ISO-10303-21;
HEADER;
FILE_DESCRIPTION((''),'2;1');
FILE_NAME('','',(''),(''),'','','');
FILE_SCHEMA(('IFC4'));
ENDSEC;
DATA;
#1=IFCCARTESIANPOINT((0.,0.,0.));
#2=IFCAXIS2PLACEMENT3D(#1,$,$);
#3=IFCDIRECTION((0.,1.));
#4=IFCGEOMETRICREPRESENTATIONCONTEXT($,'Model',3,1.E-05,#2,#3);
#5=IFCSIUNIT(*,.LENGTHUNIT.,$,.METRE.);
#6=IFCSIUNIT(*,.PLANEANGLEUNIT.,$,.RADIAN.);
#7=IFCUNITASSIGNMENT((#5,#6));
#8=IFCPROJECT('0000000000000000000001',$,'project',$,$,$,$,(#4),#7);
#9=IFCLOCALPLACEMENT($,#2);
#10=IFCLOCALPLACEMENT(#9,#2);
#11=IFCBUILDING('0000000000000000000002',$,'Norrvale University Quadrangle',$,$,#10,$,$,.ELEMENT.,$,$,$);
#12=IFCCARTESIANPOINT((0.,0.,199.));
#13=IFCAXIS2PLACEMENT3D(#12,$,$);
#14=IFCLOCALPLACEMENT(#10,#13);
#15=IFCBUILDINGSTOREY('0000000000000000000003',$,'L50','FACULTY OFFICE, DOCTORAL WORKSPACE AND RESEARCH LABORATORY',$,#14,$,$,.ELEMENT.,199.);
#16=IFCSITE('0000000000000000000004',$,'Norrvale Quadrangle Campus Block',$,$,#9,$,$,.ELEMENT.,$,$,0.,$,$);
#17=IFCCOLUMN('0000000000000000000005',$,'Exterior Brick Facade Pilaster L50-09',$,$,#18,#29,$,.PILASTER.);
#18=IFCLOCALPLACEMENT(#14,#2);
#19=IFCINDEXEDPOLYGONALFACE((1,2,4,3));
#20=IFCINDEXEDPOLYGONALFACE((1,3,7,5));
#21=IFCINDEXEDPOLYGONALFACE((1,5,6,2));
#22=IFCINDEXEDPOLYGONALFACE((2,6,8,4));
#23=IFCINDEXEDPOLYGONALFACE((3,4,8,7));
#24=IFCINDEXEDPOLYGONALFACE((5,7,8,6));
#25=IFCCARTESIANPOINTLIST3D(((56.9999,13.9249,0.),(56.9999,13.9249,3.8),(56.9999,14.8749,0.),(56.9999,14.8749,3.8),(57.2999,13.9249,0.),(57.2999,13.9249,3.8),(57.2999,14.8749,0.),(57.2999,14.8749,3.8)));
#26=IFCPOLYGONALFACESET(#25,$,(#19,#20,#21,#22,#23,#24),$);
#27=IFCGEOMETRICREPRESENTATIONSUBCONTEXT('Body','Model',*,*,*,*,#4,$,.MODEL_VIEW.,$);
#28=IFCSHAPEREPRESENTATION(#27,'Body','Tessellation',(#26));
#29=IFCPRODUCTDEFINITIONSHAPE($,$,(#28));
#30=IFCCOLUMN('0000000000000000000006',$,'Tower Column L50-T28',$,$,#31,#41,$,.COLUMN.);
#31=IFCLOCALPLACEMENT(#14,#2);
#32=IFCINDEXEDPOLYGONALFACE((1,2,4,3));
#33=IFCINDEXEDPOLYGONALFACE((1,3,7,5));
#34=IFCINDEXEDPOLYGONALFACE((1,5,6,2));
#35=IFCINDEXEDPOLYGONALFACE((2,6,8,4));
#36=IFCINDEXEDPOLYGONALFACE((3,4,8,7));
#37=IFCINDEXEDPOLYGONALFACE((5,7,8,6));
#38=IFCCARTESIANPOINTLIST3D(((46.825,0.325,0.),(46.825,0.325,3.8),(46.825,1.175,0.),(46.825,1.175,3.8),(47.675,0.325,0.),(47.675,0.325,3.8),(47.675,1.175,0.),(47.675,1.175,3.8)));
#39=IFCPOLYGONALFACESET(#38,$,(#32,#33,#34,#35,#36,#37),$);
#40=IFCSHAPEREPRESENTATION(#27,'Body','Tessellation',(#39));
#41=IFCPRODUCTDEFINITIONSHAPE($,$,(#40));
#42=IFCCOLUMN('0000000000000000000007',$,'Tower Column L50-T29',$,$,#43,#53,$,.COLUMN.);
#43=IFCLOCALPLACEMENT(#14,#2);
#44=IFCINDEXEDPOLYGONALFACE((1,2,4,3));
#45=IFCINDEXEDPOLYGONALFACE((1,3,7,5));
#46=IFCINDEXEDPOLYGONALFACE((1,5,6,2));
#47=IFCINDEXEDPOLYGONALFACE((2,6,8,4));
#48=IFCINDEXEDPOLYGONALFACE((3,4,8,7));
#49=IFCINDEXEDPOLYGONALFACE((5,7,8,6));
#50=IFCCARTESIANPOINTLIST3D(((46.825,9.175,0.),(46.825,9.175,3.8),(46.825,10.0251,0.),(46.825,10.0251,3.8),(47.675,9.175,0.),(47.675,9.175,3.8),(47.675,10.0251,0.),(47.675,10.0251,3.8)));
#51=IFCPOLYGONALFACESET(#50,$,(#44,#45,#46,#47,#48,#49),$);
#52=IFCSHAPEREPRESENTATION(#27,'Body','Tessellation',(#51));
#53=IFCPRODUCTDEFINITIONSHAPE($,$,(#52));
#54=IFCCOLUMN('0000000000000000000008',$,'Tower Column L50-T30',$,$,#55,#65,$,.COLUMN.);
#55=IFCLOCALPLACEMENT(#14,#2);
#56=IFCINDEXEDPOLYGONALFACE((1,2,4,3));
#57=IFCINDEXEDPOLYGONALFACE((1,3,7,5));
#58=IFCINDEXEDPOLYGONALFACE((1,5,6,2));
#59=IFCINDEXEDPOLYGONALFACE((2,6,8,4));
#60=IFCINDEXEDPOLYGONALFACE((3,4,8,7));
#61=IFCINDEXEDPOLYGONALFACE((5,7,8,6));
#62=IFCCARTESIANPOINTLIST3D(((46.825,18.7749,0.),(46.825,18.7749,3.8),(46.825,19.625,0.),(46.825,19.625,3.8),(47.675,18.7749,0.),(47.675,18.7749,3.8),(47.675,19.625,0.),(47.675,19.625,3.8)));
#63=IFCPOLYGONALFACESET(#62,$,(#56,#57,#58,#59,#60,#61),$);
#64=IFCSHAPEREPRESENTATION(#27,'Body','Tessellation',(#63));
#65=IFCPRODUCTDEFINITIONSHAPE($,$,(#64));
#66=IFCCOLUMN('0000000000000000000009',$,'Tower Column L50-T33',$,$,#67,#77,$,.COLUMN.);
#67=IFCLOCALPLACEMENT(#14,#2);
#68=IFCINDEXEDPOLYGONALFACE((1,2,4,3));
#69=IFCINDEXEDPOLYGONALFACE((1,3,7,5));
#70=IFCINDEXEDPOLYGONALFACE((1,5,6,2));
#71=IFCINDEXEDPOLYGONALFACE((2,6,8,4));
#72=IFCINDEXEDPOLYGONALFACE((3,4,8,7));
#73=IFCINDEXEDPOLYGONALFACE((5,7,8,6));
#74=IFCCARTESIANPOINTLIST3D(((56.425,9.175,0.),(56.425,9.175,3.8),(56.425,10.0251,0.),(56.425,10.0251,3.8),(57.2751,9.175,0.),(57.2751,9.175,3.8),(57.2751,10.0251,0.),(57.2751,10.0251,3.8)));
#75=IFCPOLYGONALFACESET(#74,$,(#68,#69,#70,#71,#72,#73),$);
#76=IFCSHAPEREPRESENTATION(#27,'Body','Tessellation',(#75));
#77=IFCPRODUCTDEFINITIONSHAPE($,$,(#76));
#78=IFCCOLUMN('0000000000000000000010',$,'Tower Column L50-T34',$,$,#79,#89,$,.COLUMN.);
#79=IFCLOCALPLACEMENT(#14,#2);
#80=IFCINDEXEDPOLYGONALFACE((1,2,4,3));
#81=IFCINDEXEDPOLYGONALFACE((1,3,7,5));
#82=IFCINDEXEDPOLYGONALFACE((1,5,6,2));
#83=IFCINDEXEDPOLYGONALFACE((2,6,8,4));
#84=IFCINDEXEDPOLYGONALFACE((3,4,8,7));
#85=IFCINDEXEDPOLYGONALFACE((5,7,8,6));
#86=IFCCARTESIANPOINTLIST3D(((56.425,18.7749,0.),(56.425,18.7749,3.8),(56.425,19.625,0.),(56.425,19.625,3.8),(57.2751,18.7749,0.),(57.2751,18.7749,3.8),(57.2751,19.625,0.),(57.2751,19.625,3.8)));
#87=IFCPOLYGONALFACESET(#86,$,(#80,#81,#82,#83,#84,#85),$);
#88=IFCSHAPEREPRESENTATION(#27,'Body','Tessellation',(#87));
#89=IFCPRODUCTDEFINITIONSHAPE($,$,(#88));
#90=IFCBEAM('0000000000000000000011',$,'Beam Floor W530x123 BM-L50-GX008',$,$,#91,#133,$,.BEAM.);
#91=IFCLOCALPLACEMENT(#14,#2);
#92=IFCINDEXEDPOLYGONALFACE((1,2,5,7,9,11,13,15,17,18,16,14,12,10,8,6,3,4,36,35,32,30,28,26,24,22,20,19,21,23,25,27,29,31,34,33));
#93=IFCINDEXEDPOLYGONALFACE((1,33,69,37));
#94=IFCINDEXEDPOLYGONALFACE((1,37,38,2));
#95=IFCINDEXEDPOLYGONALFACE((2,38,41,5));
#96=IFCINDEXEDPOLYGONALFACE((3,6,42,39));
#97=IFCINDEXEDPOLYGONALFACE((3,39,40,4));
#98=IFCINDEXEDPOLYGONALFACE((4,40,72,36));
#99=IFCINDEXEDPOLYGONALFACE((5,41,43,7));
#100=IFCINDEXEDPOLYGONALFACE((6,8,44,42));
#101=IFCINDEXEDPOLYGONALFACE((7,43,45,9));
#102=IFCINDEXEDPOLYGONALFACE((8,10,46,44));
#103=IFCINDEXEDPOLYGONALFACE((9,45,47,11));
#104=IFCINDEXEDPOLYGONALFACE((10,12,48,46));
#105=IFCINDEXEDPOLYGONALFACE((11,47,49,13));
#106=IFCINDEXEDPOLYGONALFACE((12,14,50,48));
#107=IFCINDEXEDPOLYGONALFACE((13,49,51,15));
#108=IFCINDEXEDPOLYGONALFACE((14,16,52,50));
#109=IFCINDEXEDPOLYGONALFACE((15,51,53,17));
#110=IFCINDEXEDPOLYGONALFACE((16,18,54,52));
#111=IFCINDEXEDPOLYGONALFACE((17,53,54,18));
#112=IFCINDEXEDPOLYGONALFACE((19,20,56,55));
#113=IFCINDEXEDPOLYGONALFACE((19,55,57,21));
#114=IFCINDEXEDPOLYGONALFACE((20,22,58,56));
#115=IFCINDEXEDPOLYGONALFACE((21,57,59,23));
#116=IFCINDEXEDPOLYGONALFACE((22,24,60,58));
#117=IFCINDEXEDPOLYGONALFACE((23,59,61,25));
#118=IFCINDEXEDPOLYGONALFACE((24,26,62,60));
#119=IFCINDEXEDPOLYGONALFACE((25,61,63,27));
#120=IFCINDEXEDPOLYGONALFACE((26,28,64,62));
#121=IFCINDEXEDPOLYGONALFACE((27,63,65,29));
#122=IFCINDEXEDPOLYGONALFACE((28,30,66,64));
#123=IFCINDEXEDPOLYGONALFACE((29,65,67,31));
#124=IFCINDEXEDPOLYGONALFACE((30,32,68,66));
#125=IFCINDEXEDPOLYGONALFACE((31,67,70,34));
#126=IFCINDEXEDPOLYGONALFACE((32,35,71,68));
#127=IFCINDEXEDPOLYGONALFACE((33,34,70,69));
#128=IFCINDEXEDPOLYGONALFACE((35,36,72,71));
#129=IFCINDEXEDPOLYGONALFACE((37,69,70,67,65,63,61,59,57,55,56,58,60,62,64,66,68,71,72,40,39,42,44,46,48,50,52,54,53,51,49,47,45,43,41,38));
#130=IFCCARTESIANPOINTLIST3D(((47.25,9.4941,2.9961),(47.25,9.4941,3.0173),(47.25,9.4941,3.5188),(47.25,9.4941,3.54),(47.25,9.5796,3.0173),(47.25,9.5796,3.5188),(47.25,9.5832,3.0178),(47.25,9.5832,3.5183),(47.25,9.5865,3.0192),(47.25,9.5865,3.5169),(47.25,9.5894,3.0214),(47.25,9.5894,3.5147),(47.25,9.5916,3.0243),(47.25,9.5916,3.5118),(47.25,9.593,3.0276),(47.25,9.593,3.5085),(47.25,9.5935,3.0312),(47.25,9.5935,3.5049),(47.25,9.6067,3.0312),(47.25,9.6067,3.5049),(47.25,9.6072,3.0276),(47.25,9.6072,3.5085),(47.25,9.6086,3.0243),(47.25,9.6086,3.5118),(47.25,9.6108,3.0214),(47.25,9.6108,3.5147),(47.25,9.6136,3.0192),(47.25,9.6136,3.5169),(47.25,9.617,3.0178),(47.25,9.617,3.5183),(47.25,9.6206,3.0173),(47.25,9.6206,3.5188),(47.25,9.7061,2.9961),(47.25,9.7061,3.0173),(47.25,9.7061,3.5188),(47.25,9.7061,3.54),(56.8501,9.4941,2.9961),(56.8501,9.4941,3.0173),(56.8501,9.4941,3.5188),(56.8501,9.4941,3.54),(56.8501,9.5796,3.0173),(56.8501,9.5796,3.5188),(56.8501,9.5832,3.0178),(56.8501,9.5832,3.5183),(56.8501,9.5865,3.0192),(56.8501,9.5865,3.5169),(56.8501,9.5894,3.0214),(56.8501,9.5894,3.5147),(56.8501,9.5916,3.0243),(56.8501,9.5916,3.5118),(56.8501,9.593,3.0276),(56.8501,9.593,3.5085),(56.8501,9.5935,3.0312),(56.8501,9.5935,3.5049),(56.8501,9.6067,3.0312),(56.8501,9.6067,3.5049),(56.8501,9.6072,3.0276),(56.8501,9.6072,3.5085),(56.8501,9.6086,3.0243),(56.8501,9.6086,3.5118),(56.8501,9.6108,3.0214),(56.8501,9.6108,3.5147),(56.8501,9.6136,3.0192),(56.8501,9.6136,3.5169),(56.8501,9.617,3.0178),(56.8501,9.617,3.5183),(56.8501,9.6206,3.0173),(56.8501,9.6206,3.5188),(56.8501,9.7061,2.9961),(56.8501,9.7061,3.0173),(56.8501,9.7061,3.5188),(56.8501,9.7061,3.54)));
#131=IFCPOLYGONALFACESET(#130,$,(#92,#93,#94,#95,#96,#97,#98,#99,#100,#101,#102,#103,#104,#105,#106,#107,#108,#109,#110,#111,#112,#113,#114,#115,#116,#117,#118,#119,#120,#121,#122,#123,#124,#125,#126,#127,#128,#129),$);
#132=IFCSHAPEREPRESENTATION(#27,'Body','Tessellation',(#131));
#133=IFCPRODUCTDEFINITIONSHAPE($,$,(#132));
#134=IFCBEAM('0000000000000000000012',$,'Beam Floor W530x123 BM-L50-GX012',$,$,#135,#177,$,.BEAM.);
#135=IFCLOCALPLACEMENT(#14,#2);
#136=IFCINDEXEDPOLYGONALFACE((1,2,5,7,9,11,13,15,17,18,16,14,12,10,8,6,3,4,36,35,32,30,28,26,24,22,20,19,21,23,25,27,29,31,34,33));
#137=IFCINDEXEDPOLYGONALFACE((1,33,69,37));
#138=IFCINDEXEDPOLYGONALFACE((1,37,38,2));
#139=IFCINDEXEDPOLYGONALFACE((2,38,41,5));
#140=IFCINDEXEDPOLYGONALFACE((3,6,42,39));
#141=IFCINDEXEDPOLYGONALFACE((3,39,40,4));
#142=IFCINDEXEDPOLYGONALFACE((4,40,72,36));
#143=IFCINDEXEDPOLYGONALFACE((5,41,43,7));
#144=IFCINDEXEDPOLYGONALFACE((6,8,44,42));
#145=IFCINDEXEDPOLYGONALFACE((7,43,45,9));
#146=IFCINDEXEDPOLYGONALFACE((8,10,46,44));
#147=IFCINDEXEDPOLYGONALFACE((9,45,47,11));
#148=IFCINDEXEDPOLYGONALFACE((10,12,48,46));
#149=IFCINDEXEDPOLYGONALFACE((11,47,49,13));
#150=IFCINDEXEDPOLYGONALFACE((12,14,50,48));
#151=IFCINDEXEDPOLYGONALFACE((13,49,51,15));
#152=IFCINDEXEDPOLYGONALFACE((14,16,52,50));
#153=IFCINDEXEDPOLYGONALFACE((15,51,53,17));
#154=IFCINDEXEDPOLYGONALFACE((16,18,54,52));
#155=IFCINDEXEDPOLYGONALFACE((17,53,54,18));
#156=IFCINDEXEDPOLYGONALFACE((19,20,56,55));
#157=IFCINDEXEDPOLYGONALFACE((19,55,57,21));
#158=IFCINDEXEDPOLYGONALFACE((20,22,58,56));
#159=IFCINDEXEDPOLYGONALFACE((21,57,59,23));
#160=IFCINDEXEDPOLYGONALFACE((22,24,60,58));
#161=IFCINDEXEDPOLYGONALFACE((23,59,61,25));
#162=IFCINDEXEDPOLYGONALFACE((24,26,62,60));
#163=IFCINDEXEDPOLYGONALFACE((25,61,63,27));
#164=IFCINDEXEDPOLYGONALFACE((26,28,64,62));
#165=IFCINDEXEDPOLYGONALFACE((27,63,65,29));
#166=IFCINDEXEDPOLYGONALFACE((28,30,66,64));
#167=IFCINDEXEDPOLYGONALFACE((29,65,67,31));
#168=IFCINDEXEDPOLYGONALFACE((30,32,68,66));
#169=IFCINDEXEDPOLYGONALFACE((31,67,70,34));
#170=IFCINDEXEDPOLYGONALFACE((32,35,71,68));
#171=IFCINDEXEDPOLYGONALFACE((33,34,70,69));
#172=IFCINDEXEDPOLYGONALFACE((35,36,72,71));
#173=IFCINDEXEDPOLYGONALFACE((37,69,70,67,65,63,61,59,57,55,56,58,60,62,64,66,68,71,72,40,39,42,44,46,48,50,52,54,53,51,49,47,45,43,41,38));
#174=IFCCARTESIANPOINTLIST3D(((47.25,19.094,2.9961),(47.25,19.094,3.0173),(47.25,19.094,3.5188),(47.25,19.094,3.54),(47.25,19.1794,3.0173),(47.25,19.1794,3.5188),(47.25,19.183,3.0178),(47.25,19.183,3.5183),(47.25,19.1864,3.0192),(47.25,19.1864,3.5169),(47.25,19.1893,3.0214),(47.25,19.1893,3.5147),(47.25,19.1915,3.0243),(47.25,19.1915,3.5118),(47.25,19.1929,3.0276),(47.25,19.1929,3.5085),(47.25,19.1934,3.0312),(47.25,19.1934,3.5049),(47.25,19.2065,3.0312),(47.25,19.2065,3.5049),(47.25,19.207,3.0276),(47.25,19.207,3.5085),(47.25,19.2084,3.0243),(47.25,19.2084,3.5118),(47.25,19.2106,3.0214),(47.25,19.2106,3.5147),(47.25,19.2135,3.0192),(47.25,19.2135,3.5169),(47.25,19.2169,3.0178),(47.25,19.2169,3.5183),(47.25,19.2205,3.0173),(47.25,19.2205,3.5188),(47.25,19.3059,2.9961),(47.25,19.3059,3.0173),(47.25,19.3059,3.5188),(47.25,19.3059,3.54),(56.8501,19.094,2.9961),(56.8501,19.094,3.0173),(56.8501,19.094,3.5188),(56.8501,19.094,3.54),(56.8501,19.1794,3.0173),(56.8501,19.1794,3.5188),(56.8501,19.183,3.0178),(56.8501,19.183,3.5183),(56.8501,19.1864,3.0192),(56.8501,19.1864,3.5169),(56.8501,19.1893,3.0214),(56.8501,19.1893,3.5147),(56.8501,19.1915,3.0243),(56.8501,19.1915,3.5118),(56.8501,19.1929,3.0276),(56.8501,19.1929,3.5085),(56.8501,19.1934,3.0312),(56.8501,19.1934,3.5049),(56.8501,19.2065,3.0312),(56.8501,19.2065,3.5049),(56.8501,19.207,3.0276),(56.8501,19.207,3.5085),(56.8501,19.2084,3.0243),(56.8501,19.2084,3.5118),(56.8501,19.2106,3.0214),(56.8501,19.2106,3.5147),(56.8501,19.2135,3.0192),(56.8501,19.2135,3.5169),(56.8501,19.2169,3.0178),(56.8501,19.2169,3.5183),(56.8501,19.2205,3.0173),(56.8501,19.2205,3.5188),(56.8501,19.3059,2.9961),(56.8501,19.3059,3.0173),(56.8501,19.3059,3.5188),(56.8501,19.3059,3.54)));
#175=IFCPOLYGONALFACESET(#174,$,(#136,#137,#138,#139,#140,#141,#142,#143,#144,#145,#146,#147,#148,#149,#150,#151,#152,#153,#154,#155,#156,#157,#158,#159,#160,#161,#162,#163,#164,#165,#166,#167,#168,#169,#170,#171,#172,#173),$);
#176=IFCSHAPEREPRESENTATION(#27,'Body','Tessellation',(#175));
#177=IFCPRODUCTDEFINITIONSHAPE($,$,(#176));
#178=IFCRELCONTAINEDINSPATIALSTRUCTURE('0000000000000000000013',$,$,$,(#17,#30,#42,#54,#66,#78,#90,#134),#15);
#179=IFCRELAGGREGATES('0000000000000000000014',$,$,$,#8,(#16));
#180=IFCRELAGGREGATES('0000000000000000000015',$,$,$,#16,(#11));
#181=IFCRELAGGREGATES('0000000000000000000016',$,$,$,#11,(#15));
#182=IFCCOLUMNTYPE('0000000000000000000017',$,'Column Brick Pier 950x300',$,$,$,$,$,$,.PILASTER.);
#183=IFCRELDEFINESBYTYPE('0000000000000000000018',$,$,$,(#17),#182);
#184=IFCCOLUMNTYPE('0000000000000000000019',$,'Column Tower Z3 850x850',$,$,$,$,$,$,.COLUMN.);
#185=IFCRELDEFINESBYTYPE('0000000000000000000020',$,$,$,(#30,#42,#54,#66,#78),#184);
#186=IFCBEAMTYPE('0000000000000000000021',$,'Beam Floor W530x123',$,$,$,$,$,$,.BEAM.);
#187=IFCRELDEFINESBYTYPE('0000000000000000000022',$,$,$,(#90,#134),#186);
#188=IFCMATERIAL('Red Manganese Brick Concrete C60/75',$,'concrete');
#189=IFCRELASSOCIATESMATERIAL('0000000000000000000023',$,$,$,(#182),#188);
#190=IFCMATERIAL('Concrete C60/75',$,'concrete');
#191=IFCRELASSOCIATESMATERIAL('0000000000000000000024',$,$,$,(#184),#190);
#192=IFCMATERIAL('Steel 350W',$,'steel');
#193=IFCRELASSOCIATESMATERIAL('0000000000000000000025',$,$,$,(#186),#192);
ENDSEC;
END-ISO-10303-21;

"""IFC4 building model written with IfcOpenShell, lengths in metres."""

from ifc_helpers import new_model, si_unit, direction, frame, origin, origin_2d, place, context, subcontext, project, spatial, rectangle, i_section, extrude, material, material_profile, profile_set, type_object, element, save


model = new_model("IFC4")

# Units and contexts
model_context = context("Model", 3, precision=1e-05, world=origin(), true_north=direction((0.0, 1.0)))
body_context = subcontext(model_context, "Body", "Model", "MODEL_VIEW")
ifc_project = project(units=[si_unit("LENGTHUNIT", "METRE"), si_unit("PLANEANGLEUNIT", "RADIAN")], contexts=[model_context])

# Site, building, storey
site_placement = place(None, origin())
site = spatial("IfcSite", under=ifc_project, at=site_placement, Name="Norrvale Quadrangle Campus Block", CompositionType="ELEMENT", RefElevation=0.0)
building_placement = place(site_placement, origin())
building = spatial("IfcBuilding", under=site, at=building_placement, Name="Norrvale University Quadrangle", CompositionType="ELEMENT")
storey_placement = place(building_placement, frame((0.0, 0.0, 199.0)))
storey = spatial("IfcBuildingStorey", under=building, at=storey_placement, Name="L50", Description="FACULTY OFFICE, DOCTORAL WORKSPACE AND RESEARCH LABORATORY", CompositionType="ELEMENT", Elevation=199.0)

# Columns
ifc_material_1 = material(Name="Red Manganese Brick Concrete C60/75", Category="concrete")
ifc_material_profile_1 = material_profile(ifc_material_1, rectangle(XDim=0.95, YDim=0.3, at=origin_2d()), Name="Red Manganese Brick Concrete C60/75")
ifc_profile_set_1 = profile_set([ifc_material_profile_1], Name="Red Manganese Brick Concrete C60/75")
column_type_1 = type_object("IfcColumnType", Name="Column Brick Pier 950x300", PredefinedType="PILASTER", material=ifc_profile_set_1)
column_placement = place(storey_placement, frame((57.1499, 14.3999, 0.0), z_axis=(0.0, 0.0, 1.0), x_axis=(0.0, 1.0, 0.0)))
element("IfcColumn", 1, at=column_placement, inside=storey, type_object=column_type_1, Name="Exterior Brick Facade Pilaster L50-09", PredefinedType="PILASTER", context=body_context, shape_type="SweptSolid", body=[
    extrude(rectangle(XDim=0.95, YDim=0.3, at=origin_2d()), origin(), (0.0, 0.0, 1.0), 3.8),
])
ifc_material_2 = material(Name="Concrete C60/75", Category="concrete")
ifc_material_profile_2 = material_profile(ifc_material_2, rectangle(XDim=0.8501, YDim=0.8501, at=origin_2d()), Name="Concrete C60/75")
ifc_profile_set_2 = profile_set([ifc_material_profile_2], Name="Concrete C60/75")
column_type_2 = type_object("IfcColumnType", Name="Column Tower Z3 850x850", PredefinedType="COLUMN", material=ifc_profile_set_2)
for number, where, z_axis, x_axis, name in (
    (2, (47.25, 0.75, 0.0), (0.0, 0.0, 1.0), (1.0, 0.0, 0.0), "Tower Column L50-T28"),
    (3, (47.25, 9.6001, 0.0), (0.0, 0.0, 1.0), (1.0, 0.0, 0.0), "Tower Column L50-T29"),
    (4, (47.25, 19.2, 0.0), (0.0, 0.0, 1.0), (1.0, 0.0, 0.0), "Tower Column L50-T30"),
    (5, (56.8501, 9.6001, 0.0), (0.0, 0.0, 1.0), (1.0, 0.0, 0.0), "Tower Column L50-T33"),
    (6, (56.8501, 19.2, 0.0), (0.0, 0.0, 1.0), (1.0, 0.0, 0.0), "Tower Column L50-T34"),
):
    element("IfcColumn", number, at=place(storey_placement, frame(where, z_axis=z_axis, x_axis=x_axis)), inside=storey, type_object=column_type_2, Name=name, PredefinedType="COLUMN", context=body_context, shape_type="SweptSolid", body=[
        extrude(rectangle(XDim=0.8501, YDim=0.8501, at=origin_2d()), origin(), (0.0, 0.0, 1.0), 3.8),
    ])

# Beams
ifc_material_3 = material(Name="Steel 350W", Category="steel")
ifc_material_profile_3 = material_profile(ifc_material_3, i_section(OverallWidth=0.2119, OverallDepth=0.5439, WebThickness=0.0132, FlangeThickness=0.0212, FilletRadius=0.0139, at=origin_2d()), Name="Steel 350W")
ifc_profile_set_3 = profile_set([ifc_material_profile_3], Name="Steel 350W")
beam_type_1 = type_object("IfcBeamType", Name="Beam Floor W530x123", PredefinedType="BEAM", material=ifc_profile_set_3)
for number, where, z_axis, x_axis, name in (
    (7, (47.25, 9.6001, 3.2681), (1.0, 0.0, 0.0), (0.0, 1.0, 0.0), "Beam Floor W530x123 BM-L50-GX008"),
    (8, (47.25, 19.2, 3.2681), (1.0, 0.0, 0.0), (0.0, 1.0, 0.0), "Beam Floor W530x123 BM-L50-GX012"),
):
    element("IfcBeam", number, at=place(storey_placement, frame(where, z_axis=z_axis, x_axis=x_axis)), inside=storey, type_object=beam_type_1, Name=name, PredefinedType="BEAM", context=body_context, shape_type="SweptSolid", body=[
        extrude(i_section(OverallWidth=0.2119, OverallDepth=0.5439, WebThickness=0.0132, FlangeThickness=0.0212, FilletRadius=0.0139, at=origin_2d()), origin(), (0.0, 0.0, 1.0), 9.6001),
    ])

save(model, "model.ifc")
